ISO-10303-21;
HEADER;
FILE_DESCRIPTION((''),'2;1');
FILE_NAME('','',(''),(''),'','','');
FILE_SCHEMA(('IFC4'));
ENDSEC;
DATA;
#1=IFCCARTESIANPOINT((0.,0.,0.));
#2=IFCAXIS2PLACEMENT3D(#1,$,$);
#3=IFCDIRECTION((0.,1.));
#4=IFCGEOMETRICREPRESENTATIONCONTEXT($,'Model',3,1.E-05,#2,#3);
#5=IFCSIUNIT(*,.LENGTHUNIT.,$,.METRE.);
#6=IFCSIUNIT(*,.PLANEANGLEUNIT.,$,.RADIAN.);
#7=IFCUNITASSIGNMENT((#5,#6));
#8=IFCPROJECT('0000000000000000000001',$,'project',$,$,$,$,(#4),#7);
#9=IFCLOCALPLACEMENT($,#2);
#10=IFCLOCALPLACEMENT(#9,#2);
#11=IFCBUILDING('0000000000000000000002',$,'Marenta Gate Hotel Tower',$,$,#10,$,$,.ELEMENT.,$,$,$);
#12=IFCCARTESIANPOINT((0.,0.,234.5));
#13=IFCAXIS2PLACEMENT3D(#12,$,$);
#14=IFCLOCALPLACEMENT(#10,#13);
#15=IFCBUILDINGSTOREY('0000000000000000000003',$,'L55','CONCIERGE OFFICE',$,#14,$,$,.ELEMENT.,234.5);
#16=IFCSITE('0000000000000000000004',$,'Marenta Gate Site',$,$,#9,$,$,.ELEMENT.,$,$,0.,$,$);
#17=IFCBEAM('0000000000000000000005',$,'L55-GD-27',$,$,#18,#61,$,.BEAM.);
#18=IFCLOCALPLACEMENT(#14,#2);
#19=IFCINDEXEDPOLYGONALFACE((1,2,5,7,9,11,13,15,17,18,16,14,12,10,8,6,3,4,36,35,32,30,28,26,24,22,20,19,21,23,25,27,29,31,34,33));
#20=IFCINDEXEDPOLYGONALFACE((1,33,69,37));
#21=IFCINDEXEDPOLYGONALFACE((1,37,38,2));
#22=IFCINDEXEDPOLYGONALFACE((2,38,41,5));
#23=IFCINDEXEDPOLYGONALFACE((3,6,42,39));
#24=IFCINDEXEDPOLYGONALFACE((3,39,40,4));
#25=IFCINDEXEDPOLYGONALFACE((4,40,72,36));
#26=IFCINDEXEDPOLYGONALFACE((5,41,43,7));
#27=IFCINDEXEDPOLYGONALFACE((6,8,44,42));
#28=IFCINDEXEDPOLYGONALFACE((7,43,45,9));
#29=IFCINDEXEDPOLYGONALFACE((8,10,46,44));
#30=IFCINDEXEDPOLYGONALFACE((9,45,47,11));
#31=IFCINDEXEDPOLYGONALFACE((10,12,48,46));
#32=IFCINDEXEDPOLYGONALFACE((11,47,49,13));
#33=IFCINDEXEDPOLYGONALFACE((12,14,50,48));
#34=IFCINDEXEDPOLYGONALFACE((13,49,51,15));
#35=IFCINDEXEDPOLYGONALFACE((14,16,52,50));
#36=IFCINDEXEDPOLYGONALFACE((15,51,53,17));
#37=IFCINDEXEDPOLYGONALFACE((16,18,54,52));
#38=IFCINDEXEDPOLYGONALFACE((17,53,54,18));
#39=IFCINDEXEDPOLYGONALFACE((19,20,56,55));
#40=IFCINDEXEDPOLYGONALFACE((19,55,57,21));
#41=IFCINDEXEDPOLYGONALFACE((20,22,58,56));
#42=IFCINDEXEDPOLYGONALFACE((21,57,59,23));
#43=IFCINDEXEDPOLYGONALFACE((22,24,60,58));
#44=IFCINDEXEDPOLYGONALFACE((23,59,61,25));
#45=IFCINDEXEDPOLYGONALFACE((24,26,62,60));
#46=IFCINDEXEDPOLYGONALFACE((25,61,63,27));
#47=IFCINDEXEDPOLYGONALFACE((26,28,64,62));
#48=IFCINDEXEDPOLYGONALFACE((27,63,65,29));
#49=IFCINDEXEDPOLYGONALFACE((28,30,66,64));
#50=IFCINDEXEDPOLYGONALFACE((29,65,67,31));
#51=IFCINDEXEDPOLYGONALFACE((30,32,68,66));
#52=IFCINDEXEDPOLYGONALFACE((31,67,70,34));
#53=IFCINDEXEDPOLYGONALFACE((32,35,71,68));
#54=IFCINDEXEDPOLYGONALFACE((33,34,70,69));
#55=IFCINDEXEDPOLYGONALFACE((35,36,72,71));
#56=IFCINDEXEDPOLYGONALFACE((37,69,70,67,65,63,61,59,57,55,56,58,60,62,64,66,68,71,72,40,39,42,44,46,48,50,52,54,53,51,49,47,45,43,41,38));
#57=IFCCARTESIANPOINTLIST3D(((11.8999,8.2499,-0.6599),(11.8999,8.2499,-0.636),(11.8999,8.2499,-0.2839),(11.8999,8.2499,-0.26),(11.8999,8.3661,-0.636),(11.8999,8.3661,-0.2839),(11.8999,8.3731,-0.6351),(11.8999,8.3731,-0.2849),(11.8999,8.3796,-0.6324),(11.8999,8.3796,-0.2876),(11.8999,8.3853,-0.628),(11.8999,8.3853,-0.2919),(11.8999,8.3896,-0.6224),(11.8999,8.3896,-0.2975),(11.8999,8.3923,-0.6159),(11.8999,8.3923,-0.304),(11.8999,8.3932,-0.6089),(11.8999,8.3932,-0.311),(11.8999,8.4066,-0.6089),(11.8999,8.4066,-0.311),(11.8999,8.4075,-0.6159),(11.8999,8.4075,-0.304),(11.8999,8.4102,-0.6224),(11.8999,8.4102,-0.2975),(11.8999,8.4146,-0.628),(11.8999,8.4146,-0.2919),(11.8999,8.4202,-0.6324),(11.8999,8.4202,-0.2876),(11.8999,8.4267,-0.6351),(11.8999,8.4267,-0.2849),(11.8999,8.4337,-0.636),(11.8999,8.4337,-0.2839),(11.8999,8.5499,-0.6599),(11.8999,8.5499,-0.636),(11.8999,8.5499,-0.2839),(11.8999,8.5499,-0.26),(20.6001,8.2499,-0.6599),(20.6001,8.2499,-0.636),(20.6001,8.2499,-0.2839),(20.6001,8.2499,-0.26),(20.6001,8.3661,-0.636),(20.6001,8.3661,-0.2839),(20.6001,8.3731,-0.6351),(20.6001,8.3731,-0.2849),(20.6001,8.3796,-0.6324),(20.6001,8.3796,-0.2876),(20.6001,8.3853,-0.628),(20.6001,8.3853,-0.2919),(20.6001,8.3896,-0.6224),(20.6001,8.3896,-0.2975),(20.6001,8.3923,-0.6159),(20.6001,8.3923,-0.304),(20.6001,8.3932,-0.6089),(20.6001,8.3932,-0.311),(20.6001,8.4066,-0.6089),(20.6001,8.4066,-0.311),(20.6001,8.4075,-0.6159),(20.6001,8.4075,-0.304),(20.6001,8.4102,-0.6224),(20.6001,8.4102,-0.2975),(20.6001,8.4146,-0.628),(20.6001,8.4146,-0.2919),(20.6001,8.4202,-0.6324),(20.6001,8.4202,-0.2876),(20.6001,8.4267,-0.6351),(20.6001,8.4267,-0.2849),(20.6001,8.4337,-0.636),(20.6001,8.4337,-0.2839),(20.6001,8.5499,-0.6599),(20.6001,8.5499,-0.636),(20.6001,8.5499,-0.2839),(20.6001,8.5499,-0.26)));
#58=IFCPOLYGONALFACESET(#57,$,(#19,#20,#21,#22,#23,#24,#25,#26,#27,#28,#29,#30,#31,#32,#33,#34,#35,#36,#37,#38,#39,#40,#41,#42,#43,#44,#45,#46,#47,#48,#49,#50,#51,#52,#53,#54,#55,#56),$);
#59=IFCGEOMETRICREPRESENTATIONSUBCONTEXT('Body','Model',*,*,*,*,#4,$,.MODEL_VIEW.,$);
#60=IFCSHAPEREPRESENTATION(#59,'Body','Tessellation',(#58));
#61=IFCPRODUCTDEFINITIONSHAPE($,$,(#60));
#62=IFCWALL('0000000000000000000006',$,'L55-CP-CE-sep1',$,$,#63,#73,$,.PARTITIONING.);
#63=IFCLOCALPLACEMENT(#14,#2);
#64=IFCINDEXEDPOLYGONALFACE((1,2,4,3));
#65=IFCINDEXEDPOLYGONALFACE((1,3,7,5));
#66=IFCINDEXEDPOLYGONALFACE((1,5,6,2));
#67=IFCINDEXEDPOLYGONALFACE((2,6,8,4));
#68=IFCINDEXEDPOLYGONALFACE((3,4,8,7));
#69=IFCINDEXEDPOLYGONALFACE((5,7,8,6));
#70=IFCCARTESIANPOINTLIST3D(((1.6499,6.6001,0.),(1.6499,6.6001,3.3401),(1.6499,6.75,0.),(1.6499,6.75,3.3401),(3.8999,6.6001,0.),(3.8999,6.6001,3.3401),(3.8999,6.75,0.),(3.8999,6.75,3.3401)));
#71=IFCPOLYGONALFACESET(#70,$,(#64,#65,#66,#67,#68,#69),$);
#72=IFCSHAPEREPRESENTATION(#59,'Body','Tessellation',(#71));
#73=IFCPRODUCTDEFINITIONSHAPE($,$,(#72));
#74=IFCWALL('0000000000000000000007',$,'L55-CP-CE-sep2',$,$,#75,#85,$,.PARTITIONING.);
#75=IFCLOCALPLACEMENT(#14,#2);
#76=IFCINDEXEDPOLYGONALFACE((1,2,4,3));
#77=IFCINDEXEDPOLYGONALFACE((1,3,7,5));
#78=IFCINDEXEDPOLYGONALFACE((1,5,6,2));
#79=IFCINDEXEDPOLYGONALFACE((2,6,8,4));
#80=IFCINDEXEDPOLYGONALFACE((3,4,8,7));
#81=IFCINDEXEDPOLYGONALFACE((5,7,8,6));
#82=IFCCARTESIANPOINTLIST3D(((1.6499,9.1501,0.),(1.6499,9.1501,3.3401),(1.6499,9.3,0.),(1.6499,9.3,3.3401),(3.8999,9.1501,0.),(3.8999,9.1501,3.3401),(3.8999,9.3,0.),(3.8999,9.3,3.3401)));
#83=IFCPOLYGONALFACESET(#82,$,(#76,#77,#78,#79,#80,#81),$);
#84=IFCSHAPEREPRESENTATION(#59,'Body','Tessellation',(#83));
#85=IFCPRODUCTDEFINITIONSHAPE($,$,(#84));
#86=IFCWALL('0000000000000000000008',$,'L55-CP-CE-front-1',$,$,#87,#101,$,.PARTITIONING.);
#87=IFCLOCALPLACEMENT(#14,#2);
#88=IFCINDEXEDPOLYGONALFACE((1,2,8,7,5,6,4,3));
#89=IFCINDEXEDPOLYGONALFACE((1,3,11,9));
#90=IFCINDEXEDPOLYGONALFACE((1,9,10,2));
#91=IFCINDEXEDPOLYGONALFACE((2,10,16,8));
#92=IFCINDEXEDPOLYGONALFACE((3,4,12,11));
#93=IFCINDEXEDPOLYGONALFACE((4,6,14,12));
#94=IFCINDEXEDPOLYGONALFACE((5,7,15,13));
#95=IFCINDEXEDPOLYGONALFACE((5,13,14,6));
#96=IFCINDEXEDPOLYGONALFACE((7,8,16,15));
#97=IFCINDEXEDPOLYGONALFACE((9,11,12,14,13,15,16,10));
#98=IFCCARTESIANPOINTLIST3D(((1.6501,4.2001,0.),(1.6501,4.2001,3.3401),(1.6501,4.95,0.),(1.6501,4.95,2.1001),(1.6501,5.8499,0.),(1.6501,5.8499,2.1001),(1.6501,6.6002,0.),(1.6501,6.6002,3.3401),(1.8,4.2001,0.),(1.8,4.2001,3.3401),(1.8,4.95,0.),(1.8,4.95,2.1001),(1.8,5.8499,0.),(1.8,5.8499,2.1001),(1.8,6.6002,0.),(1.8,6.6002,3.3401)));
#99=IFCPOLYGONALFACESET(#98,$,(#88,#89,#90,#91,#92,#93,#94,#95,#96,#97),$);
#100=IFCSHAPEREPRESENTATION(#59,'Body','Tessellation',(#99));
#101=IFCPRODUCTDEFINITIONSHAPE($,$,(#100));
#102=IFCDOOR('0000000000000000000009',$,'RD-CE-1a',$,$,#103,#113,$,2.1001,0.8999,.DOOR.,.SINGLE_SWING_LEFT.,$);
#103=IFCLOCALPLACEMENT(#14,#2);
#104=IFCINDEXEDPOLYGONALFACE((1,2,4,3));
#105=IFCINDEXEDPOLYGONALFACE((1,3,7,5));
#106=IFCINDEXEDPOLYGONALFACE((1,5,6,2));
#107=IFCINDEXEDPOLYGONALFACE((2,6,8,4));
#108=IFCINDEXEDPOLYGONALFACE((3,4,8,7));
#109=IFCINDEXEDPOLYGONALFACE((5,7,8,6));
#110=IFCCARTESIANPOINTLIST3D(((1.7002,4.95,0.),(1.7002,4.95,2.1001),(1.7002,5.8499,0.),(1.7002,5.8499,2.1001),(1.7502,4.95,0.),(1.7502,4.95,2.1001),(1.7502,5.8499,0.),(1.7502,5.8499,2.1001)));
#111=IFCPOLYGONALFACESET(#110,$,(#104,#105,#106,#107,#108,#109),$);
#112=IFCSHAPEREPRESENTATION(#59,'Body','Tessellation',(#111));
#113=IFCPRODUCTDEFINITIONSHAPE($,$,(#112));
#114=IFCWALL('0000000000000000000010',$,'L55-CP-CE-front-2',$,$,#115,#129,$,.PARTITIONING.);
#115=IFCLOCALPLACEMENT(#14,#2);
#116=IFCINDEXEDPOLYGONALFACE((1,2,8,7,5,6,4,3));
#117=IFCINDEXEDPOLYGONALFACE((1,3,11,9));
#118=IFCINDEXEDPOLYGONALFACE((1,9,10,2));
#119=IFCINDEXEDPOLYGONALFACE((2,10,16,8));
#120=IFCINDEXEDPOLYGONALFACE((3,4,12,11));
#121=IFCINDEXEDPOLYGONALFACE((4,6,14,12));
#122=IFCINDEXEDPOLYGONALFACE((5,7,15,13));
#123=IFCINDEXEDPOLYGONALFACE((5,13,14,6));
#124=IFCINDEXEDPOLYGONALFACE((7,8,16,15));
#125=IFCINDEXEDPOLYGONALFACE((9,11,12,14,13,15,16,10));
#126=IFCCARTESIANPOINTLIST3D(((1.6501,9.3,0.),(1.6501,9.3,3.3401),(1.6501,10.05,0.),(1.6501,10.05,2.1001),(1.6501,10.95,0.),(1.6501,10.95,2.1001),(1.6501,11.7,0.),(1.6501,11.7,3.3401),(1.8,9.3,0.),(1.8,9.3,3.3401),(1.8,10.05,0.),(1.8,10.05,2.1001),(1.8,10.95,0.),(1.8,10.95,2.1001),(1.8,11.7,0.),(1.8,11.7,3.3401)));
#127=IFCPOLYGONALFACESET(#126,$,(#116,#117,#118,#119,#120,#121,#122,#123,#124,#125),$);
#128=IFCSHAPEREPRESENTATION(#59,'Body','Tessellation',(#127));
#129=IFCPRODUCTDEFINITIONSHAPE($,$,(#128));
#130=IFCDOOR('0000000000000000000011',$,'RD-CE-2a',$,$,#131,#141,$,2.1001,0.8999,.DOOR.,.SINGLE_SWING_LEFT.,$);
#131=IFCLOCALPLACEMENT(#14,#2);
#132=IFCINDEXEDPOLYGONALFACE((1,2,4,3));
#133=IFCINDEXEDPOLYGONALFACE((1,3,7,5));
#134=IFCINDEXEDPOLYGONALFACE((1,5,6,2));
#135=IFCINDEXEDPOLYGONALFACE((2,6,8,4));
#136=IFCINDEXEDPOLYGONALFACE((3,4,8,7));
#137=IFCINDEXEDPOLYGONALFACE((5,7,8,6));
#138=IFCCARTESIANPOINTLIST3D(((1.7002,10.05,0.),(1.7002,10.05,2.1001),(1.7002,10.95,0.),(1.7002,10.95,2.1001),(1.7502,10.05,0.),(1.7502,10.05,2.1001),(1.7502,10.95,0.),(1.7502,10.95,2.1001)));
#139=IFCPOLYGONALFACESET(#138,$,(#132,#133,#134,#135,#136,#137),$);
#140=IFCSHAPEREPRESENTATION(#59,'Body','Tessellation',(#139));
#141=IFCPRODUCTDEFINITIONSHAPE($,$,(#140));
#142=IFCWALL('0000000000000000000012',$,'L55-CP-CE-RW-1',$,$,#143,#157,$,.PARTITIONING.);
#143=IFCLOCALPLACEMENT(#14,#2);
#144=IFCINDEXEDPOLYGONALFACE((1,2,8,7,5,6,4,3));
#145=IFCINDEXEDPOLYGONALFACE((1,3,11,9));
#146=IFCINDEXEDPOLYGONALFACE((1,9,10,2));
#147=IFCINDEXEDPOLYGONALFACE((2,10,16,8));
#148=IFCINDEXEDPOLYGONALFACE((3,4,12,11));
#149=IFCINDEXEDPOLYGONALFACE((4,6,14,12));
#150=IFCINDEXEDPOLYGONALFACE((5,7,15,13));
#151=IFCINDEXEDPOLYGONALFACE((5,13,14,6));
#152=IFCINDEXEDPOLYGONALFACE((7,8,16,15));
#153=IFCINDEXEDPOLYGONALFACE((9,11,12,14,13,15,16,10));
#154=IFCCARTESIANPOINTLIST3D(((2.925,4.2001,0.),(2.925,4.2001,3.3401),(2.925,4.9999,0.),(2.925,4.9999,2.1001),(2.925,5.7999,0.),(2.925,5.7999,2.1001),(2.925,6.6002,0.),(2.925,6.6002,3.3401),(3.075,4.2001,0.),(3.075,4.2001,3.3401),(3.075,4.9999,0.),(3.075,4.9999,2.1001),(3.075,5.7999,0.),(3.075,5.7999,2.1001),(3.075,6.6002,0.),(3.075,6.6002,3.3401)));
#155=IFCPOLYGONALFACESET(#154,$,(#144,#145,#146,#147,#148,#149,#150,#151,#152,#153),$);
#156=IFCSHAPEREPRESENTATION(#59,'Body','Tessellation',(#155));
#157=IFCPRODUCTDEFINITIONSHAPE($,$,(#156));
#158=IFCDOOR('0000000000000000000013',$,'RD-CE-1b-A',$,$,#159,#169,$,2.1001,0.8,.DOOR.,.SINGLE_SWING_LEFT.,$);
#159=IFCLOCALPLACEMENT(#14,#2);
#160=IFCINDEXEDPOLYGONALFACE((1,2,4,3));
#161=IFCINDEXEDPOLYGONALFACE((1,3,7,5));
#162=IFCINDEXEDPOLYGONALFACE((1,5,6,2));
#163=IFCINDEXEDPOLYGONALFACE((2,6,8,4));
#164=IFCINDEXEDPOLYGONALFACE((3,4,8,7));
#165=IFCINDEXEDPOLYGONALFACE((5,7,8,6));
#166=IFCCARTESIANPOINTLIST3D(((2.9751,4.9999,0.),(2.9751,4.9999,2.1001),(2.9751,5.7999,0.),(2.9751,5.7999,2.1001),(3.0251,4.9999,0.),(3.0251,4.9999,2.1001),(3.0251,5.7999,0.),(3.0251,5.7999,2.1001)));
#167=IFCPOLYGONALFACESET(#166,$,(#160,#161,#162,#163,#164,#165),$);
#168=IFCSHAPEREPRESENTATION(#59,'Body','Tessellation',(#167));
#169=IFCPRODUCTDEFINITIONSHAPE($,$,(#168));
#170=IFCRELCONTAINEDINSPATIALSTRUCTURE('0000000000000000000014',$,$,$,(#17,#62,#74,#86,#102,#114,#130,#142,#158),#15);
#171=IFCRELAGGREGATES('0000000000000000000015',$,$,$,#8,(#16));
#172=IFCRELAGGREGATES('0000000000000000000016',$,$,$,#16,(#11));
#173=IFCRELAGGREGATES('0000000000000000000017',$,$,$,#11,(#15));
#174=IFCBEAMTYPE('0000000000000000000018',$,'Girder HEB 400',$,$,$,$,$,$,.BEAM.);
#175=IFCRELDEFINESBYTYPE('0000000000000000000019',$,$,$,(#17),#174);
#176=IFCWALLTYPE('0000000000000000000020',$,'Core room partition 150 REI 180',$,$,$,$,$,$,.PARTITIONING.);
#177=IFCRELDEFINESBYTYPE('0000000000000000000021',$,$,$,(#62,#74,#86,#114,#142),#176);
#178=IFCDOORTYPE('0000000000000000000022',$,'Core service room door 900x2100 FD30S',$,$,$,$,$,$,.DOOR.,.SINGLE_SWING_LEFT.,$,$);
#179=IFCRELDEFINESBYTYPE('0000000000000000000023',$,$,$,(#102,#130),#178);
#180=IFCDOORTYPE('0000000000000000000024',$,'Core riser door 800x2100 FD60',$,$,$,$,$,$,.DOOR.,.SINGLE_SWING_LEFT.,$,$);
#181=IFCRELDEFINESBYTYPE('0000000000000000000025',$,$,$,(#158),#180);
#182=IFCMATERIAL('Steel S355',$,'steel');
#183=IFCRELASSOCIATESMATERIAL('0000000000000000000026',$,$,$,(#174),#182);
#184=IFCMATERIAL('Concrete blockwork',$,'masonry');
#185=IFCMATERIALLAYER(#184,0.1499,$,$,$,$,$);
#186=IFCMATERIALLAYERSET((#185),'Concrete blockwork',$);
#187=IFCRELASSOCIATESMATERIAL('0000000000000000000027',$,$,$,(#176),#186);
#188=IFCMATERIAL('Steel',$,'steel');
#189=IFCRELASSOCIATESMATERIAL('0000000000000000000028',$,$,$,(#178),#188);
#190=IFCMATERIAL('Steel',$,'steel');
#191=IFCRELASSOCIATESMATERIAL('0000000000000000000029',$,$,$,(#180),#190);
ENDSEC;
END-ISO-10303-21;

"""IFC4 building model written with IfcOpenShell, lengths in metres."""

from ifc_helpers import new_model, si_unit, direction, frame, frame_2d, origin, origin_2d, place, context, subcontext, project, spatial, rectangle, i_section, extrude, material, layer, layer_set, material_profile, profile_set, type_object, element, fill, save


model = new_model("IFC4")

# Units and contexts
model_context = context("Model", 3, precision=1e-05, world=origin(), true_north=direction((0.0, 1.0)))
body_context = subcontext(model_context, "Body", "Model", "MODEL_VIEW")
ifc_project = project(units=[si_unit("LENGTHUNIT", "METRE"), si_unit("PLANEANGLEUNIT", "RADIAN")], contexts=[model_context])

# Site, building, storey
site_placement = place(None, origin())
site = spatial("IfcSite", under=ifc_project, at=site_placement, Name="Marenta Gate Site", CompositionType="ELEMENT", RefElevation=0.0)
building_placement = place(site_placement, origin())
building = spatial("IfcBuilding", under=site, at=building_placement, Name="Marenta Gate Hotel Tower", CompositionType="ELEMENT")
storey_placement = place(building_placement, frame((0.0, 0.0, 234.5)))
storey = spatial("IfcBuildingStorey", under=building, at=storey_placement, Name="L55", Description="CONCIERGE OFFICE", CompositionType="ELEMENT", Elevation=234.5)

# Beam
ifc_material_1 = material(Name="Steel S355", Category="steel")
ifc_material_profile = material_profile(ifc_material_1, i_section(OverallWidth=0.3, OverallDepth=0.3999, WebThickness=0.0134, FlangeThickness=0.0239, FilletRadius=0.0271, at=origin_2d()), Name="HEB 400")
ifc_profile_set = profile_set([ifc_material_profile], Name="Steel S355")
beam_type = type_object("IfcBeamType", Name="Girder HEB 400", PredefinedType="BEAM", material=ifc_profile_set)
beam_placement = place(storey_placement, frame((11.8999, 8.3999, -0.46), z_axis=(1.0, 0.0, 0.0), x_axis=(0.0, 1.0, 0.0)))
element("IfcBeam", 1, at=beam_placement, inside=storey, type_object=beam_type, Name="L55-GD-27", PredefinedType="BEAM", context=body_context, shape_type="SweptSolid", body=[
    extrude(i_section(OverallWidth=0.3, OverallDepth=0.3999, WebThickness=0.0134, FlangeThickness=0.0239, FilletRadius=0.0271, at=origin_2d()), origin(), (0.0, 0.0, 1.0), 8.7002),
])

# Walls
ifc_material_2 = material(Name="Concrete blockwork", Category="masonry")
ifc_layer_1 = layer(ifc_material_2, 0.1499)
ifc_layer_set_1 = layer_set([ifc_layer_1], Name="Concrete blockwork")
wall_type_1 = type_object("IfcWallType", Name="Core room partition 150 REI 180", PredefinedType="PARTITIONING", material=ifc_layer_set_1)
for number, where, z_axis, x_axis, name in (
    (2, (1.6499, 6.675, 0.0), (0.0, 0.0, 1.0), (1.0, 0.0, 0.0), "L55-CP-CE-sep1"),
    (3, (1.6499, 9.2251, 0.0), (0.0, 0.0, 1.0), (1.0, 0.0, 0.0), "L55-CP-CE-sep2"),
):
    element("IfcWall", number, at=place(storey_placement, frame(where, z_axis=z_axis, x_axis=x_axis)), inside=storey, type_object=wall_type_1, Name=name, PredefinedType="PARTITIONING", context=body_context, shape_type="SweptSolid", body=[
        extrude(rectangle(XDim=2.25, YDim=0.1499, at=frame_2d((1.125, 0.0))), origin(), (0.0, 0.0, 1.0), 3.3401),
    ])

# Walls, openings, doors
wall_1_placement = place(storey_placement, frame((1.7251, 4.2, 0.0), z_axis=(0.0, 0.0, 1.0), x_axis=(0.0, 1.0, 0.0)))
wall_1 = element("IfcWall", 4, at=wall_1_placement, inside=storey, type_object=wall_type_1, Name="L55-CP-CE-front-1", PredefinedType="PARTITIONING", context=body_context, shape_type="SweptSolid", body=[
    extrude(rectangle(XDim=2.4001, YDim=0.1499, at=frame_2d((1.2002, 0.0))), origin(), (0.0, 0.0, 1.0), 3.3401),
])
opening_1_placement = place(wall_1_placement, frame((0.75, 0.0, 0.0)))
opening_1 = element("IfcOpeningElement", 5, at=opening_1_placement, cuts=wall_1, PredefinedType="OPENING", context=body_context, shape_type="SweptSolid", body=[
    extrude(rectangle(XDim=0.8999, YDim=2.1001, at=frame_2d((0.45, 1.05))), frame((0.0, 0.075, 0.0), z_axis=(0.0, -1.0, 0.0), x_axis=(1.0, 0.0, 0.0)), (0.0, 0.0, 1.0), 0.1499),
])
ifc_material_3 = material(Name="Steel", Category="steel")
door_type_1 = type_object("IfcDoorType", Name="Core service room door 900x2100 FD30S", OperationType="SINGLE_SWING_LEFT", PredefinedType="DOOR", material=ifc_material_3)
door_1_placement = place(opening_1_placement, origin())
door_1 = element("IfcDoor", 6, at=door_1_placement, inside=storey, type_object=door_type_1, Name="RD-CE-1a", OperationType="SINGLE_SWING_LEFT", OverallHeight=2.1001, OverallWidth=0.8999, PredefinedType="DOOR", context=body_context, shape_type="SweptSolid", body=[
    extrude(rectangle(XDim=0.8999, YDim=2.1001, at=frame_2d((0.45, 1.05))), frame((0.0, 0.0249, 0.0), z_axis=(0.0, -1.0, 0.0), x_axis=(1.0, 0.0, 0.0)), (0.0, 0.0, 1.0), 0.05),
])
fill(opening_1, door_1)
wall_2_placement = place(storey_placement, frame((1.7251, 9.3, 0.0), z_axis=(0.0, 0.0, 1.0), x_axis=(0.0, 1.0, 0.0)))
wall_2 = element("IfcWall", 7, at=wall_2_placement, inside=storey, type_object=wall_type_1, Name="L55-CP-CE-front-2", PredefinedType="PARTITIONING", context=body_context, shape_type="SweptSolid", body=[
    extrude(rectangle(XDim=2.3999, YDim=0.1499, at=frame_2d((1.2, 0.0))), origin(), (0.0, 0.0, 1.0), 3.3401),
])
opening_2_placement = place(wall_2_placement, frame((0.75, 0.0, 0.0)))
opening_2 = element("IfcOpeningElement", 8, at=opening_2_placement, cuts=wall_2, PredefinedType="OPENING", context=body_context, shape_type="SweptSolid", body=[
    extrude(rectangle(XDim=0.8999, YDim=2.1001, at=frame_2d((0.45, 1.05))), frame((0.0, 0.075, 0.0), z_axis=(0.0, -1.0, 0.0), x_axis=(1.0, 0.0, 0.0)), (0.0, 0.0, 1.0), 0.1499),
])
door_2_placement = place(opening_2_placement, origin())
door_2 = element("IfcDoor", 9, at=door_2_placement, inside=storey, type_object=door_type_1, Name="RD-CE-2a", OperationType="SINGLE_SWING_LEFT", OverallHeight=2.1001, OverallWidth=0.8999, PredefinedType="DOOR", context=body_context, shape_type="SweptSolid", body=[
    extrude(rectangle(XDim=0.8999, YDim=2.1001, at=frame_2d((0.45, 1.05))), frame((0.0, 0.0249, 0.0), z_axis=(0.0, -1.0, 0.0), x_axis=(1.0, 0.0, 0.0)), (0.0, 0.0, 1.0), 0.05),
])
fill(opening_2, door_2)
wall_3_placement = place(storey_placement, frame((3.0, 4.2, 0.0), z_axis=(0.0, 0.0, 1.0), x_axis=(0.0, 1.0, 0.0)))
wall_3 = element("IfcWall", 10, at=wall_3_placement, inside=storey, type_object=wall_type_1, Name="L55-CP-CE-RW-1", PredefinedType="PARTITIONING", context=body_context, shape_type="SweptSolid", body=[
    extrude(rectangle(XDim=2.4001, YDim=0.1499, at=frame_2d((1.2002, 0.0))), origin(), (0.0, 0.0, 1.0), 3.3401),
])
opening_3_placement = place(wall_3_placement, frame((0.8, 0.0, 0.0)))
opening_3 = element("IfcOpeningElement", 11, at=opening_3_placement, cuts=wall_3, PredefinedType="OPENING", context=body_context, shape_type="SweptSolid", body=[
    extrude(rectangle(XDim=0.8, YDim=2.1001, at=frame_2d((0.3999, 1.05))), frame((0.0, 0.075, 0.0), z_axis=(0.0, -1.0, 0.0), x_axis=(1.0, 0.0, 0.0)), (0.0, 0.0, 1.0), 0.1499),
])
ifc_material_4 = material(Name="Steel", Category="steel")
door_type_2 = type_object("IfcDoorType", Name="Core riser door 800x2100 FD60", OperationType="SINGLE_SWING_LEFT", PredefinedType="DOOR", material=ifc_material_4)
door_3_placement = place(opening_3_placement, origin())
door_3 = element("IfcDoor", 12, at=door_3_placement, inside=storey, type_object=door_type_2, Name="RD-CE-1b-A", OperationType="SINGLE_SWING_LEFT", OverallHeight=2.1001, OverallWidth=0.8, PredefinedType="DOOR", context=body_context, shape_type="SweptSolid", body=[
    extrude(rectangle(XDim=0.8, YDim=2.1001, at=frame_2d((0.3999, 1.05))), frame((0.0, 0.0249, 0.0), z_axis=(0.0, -1.0, 0.0), x_axis=(1.0, 0.0, 0.0)), (0.0, 0.0, 1.0), 0.05),
])
fill(opening_3, door_3)

save(model, "model.ifc")
